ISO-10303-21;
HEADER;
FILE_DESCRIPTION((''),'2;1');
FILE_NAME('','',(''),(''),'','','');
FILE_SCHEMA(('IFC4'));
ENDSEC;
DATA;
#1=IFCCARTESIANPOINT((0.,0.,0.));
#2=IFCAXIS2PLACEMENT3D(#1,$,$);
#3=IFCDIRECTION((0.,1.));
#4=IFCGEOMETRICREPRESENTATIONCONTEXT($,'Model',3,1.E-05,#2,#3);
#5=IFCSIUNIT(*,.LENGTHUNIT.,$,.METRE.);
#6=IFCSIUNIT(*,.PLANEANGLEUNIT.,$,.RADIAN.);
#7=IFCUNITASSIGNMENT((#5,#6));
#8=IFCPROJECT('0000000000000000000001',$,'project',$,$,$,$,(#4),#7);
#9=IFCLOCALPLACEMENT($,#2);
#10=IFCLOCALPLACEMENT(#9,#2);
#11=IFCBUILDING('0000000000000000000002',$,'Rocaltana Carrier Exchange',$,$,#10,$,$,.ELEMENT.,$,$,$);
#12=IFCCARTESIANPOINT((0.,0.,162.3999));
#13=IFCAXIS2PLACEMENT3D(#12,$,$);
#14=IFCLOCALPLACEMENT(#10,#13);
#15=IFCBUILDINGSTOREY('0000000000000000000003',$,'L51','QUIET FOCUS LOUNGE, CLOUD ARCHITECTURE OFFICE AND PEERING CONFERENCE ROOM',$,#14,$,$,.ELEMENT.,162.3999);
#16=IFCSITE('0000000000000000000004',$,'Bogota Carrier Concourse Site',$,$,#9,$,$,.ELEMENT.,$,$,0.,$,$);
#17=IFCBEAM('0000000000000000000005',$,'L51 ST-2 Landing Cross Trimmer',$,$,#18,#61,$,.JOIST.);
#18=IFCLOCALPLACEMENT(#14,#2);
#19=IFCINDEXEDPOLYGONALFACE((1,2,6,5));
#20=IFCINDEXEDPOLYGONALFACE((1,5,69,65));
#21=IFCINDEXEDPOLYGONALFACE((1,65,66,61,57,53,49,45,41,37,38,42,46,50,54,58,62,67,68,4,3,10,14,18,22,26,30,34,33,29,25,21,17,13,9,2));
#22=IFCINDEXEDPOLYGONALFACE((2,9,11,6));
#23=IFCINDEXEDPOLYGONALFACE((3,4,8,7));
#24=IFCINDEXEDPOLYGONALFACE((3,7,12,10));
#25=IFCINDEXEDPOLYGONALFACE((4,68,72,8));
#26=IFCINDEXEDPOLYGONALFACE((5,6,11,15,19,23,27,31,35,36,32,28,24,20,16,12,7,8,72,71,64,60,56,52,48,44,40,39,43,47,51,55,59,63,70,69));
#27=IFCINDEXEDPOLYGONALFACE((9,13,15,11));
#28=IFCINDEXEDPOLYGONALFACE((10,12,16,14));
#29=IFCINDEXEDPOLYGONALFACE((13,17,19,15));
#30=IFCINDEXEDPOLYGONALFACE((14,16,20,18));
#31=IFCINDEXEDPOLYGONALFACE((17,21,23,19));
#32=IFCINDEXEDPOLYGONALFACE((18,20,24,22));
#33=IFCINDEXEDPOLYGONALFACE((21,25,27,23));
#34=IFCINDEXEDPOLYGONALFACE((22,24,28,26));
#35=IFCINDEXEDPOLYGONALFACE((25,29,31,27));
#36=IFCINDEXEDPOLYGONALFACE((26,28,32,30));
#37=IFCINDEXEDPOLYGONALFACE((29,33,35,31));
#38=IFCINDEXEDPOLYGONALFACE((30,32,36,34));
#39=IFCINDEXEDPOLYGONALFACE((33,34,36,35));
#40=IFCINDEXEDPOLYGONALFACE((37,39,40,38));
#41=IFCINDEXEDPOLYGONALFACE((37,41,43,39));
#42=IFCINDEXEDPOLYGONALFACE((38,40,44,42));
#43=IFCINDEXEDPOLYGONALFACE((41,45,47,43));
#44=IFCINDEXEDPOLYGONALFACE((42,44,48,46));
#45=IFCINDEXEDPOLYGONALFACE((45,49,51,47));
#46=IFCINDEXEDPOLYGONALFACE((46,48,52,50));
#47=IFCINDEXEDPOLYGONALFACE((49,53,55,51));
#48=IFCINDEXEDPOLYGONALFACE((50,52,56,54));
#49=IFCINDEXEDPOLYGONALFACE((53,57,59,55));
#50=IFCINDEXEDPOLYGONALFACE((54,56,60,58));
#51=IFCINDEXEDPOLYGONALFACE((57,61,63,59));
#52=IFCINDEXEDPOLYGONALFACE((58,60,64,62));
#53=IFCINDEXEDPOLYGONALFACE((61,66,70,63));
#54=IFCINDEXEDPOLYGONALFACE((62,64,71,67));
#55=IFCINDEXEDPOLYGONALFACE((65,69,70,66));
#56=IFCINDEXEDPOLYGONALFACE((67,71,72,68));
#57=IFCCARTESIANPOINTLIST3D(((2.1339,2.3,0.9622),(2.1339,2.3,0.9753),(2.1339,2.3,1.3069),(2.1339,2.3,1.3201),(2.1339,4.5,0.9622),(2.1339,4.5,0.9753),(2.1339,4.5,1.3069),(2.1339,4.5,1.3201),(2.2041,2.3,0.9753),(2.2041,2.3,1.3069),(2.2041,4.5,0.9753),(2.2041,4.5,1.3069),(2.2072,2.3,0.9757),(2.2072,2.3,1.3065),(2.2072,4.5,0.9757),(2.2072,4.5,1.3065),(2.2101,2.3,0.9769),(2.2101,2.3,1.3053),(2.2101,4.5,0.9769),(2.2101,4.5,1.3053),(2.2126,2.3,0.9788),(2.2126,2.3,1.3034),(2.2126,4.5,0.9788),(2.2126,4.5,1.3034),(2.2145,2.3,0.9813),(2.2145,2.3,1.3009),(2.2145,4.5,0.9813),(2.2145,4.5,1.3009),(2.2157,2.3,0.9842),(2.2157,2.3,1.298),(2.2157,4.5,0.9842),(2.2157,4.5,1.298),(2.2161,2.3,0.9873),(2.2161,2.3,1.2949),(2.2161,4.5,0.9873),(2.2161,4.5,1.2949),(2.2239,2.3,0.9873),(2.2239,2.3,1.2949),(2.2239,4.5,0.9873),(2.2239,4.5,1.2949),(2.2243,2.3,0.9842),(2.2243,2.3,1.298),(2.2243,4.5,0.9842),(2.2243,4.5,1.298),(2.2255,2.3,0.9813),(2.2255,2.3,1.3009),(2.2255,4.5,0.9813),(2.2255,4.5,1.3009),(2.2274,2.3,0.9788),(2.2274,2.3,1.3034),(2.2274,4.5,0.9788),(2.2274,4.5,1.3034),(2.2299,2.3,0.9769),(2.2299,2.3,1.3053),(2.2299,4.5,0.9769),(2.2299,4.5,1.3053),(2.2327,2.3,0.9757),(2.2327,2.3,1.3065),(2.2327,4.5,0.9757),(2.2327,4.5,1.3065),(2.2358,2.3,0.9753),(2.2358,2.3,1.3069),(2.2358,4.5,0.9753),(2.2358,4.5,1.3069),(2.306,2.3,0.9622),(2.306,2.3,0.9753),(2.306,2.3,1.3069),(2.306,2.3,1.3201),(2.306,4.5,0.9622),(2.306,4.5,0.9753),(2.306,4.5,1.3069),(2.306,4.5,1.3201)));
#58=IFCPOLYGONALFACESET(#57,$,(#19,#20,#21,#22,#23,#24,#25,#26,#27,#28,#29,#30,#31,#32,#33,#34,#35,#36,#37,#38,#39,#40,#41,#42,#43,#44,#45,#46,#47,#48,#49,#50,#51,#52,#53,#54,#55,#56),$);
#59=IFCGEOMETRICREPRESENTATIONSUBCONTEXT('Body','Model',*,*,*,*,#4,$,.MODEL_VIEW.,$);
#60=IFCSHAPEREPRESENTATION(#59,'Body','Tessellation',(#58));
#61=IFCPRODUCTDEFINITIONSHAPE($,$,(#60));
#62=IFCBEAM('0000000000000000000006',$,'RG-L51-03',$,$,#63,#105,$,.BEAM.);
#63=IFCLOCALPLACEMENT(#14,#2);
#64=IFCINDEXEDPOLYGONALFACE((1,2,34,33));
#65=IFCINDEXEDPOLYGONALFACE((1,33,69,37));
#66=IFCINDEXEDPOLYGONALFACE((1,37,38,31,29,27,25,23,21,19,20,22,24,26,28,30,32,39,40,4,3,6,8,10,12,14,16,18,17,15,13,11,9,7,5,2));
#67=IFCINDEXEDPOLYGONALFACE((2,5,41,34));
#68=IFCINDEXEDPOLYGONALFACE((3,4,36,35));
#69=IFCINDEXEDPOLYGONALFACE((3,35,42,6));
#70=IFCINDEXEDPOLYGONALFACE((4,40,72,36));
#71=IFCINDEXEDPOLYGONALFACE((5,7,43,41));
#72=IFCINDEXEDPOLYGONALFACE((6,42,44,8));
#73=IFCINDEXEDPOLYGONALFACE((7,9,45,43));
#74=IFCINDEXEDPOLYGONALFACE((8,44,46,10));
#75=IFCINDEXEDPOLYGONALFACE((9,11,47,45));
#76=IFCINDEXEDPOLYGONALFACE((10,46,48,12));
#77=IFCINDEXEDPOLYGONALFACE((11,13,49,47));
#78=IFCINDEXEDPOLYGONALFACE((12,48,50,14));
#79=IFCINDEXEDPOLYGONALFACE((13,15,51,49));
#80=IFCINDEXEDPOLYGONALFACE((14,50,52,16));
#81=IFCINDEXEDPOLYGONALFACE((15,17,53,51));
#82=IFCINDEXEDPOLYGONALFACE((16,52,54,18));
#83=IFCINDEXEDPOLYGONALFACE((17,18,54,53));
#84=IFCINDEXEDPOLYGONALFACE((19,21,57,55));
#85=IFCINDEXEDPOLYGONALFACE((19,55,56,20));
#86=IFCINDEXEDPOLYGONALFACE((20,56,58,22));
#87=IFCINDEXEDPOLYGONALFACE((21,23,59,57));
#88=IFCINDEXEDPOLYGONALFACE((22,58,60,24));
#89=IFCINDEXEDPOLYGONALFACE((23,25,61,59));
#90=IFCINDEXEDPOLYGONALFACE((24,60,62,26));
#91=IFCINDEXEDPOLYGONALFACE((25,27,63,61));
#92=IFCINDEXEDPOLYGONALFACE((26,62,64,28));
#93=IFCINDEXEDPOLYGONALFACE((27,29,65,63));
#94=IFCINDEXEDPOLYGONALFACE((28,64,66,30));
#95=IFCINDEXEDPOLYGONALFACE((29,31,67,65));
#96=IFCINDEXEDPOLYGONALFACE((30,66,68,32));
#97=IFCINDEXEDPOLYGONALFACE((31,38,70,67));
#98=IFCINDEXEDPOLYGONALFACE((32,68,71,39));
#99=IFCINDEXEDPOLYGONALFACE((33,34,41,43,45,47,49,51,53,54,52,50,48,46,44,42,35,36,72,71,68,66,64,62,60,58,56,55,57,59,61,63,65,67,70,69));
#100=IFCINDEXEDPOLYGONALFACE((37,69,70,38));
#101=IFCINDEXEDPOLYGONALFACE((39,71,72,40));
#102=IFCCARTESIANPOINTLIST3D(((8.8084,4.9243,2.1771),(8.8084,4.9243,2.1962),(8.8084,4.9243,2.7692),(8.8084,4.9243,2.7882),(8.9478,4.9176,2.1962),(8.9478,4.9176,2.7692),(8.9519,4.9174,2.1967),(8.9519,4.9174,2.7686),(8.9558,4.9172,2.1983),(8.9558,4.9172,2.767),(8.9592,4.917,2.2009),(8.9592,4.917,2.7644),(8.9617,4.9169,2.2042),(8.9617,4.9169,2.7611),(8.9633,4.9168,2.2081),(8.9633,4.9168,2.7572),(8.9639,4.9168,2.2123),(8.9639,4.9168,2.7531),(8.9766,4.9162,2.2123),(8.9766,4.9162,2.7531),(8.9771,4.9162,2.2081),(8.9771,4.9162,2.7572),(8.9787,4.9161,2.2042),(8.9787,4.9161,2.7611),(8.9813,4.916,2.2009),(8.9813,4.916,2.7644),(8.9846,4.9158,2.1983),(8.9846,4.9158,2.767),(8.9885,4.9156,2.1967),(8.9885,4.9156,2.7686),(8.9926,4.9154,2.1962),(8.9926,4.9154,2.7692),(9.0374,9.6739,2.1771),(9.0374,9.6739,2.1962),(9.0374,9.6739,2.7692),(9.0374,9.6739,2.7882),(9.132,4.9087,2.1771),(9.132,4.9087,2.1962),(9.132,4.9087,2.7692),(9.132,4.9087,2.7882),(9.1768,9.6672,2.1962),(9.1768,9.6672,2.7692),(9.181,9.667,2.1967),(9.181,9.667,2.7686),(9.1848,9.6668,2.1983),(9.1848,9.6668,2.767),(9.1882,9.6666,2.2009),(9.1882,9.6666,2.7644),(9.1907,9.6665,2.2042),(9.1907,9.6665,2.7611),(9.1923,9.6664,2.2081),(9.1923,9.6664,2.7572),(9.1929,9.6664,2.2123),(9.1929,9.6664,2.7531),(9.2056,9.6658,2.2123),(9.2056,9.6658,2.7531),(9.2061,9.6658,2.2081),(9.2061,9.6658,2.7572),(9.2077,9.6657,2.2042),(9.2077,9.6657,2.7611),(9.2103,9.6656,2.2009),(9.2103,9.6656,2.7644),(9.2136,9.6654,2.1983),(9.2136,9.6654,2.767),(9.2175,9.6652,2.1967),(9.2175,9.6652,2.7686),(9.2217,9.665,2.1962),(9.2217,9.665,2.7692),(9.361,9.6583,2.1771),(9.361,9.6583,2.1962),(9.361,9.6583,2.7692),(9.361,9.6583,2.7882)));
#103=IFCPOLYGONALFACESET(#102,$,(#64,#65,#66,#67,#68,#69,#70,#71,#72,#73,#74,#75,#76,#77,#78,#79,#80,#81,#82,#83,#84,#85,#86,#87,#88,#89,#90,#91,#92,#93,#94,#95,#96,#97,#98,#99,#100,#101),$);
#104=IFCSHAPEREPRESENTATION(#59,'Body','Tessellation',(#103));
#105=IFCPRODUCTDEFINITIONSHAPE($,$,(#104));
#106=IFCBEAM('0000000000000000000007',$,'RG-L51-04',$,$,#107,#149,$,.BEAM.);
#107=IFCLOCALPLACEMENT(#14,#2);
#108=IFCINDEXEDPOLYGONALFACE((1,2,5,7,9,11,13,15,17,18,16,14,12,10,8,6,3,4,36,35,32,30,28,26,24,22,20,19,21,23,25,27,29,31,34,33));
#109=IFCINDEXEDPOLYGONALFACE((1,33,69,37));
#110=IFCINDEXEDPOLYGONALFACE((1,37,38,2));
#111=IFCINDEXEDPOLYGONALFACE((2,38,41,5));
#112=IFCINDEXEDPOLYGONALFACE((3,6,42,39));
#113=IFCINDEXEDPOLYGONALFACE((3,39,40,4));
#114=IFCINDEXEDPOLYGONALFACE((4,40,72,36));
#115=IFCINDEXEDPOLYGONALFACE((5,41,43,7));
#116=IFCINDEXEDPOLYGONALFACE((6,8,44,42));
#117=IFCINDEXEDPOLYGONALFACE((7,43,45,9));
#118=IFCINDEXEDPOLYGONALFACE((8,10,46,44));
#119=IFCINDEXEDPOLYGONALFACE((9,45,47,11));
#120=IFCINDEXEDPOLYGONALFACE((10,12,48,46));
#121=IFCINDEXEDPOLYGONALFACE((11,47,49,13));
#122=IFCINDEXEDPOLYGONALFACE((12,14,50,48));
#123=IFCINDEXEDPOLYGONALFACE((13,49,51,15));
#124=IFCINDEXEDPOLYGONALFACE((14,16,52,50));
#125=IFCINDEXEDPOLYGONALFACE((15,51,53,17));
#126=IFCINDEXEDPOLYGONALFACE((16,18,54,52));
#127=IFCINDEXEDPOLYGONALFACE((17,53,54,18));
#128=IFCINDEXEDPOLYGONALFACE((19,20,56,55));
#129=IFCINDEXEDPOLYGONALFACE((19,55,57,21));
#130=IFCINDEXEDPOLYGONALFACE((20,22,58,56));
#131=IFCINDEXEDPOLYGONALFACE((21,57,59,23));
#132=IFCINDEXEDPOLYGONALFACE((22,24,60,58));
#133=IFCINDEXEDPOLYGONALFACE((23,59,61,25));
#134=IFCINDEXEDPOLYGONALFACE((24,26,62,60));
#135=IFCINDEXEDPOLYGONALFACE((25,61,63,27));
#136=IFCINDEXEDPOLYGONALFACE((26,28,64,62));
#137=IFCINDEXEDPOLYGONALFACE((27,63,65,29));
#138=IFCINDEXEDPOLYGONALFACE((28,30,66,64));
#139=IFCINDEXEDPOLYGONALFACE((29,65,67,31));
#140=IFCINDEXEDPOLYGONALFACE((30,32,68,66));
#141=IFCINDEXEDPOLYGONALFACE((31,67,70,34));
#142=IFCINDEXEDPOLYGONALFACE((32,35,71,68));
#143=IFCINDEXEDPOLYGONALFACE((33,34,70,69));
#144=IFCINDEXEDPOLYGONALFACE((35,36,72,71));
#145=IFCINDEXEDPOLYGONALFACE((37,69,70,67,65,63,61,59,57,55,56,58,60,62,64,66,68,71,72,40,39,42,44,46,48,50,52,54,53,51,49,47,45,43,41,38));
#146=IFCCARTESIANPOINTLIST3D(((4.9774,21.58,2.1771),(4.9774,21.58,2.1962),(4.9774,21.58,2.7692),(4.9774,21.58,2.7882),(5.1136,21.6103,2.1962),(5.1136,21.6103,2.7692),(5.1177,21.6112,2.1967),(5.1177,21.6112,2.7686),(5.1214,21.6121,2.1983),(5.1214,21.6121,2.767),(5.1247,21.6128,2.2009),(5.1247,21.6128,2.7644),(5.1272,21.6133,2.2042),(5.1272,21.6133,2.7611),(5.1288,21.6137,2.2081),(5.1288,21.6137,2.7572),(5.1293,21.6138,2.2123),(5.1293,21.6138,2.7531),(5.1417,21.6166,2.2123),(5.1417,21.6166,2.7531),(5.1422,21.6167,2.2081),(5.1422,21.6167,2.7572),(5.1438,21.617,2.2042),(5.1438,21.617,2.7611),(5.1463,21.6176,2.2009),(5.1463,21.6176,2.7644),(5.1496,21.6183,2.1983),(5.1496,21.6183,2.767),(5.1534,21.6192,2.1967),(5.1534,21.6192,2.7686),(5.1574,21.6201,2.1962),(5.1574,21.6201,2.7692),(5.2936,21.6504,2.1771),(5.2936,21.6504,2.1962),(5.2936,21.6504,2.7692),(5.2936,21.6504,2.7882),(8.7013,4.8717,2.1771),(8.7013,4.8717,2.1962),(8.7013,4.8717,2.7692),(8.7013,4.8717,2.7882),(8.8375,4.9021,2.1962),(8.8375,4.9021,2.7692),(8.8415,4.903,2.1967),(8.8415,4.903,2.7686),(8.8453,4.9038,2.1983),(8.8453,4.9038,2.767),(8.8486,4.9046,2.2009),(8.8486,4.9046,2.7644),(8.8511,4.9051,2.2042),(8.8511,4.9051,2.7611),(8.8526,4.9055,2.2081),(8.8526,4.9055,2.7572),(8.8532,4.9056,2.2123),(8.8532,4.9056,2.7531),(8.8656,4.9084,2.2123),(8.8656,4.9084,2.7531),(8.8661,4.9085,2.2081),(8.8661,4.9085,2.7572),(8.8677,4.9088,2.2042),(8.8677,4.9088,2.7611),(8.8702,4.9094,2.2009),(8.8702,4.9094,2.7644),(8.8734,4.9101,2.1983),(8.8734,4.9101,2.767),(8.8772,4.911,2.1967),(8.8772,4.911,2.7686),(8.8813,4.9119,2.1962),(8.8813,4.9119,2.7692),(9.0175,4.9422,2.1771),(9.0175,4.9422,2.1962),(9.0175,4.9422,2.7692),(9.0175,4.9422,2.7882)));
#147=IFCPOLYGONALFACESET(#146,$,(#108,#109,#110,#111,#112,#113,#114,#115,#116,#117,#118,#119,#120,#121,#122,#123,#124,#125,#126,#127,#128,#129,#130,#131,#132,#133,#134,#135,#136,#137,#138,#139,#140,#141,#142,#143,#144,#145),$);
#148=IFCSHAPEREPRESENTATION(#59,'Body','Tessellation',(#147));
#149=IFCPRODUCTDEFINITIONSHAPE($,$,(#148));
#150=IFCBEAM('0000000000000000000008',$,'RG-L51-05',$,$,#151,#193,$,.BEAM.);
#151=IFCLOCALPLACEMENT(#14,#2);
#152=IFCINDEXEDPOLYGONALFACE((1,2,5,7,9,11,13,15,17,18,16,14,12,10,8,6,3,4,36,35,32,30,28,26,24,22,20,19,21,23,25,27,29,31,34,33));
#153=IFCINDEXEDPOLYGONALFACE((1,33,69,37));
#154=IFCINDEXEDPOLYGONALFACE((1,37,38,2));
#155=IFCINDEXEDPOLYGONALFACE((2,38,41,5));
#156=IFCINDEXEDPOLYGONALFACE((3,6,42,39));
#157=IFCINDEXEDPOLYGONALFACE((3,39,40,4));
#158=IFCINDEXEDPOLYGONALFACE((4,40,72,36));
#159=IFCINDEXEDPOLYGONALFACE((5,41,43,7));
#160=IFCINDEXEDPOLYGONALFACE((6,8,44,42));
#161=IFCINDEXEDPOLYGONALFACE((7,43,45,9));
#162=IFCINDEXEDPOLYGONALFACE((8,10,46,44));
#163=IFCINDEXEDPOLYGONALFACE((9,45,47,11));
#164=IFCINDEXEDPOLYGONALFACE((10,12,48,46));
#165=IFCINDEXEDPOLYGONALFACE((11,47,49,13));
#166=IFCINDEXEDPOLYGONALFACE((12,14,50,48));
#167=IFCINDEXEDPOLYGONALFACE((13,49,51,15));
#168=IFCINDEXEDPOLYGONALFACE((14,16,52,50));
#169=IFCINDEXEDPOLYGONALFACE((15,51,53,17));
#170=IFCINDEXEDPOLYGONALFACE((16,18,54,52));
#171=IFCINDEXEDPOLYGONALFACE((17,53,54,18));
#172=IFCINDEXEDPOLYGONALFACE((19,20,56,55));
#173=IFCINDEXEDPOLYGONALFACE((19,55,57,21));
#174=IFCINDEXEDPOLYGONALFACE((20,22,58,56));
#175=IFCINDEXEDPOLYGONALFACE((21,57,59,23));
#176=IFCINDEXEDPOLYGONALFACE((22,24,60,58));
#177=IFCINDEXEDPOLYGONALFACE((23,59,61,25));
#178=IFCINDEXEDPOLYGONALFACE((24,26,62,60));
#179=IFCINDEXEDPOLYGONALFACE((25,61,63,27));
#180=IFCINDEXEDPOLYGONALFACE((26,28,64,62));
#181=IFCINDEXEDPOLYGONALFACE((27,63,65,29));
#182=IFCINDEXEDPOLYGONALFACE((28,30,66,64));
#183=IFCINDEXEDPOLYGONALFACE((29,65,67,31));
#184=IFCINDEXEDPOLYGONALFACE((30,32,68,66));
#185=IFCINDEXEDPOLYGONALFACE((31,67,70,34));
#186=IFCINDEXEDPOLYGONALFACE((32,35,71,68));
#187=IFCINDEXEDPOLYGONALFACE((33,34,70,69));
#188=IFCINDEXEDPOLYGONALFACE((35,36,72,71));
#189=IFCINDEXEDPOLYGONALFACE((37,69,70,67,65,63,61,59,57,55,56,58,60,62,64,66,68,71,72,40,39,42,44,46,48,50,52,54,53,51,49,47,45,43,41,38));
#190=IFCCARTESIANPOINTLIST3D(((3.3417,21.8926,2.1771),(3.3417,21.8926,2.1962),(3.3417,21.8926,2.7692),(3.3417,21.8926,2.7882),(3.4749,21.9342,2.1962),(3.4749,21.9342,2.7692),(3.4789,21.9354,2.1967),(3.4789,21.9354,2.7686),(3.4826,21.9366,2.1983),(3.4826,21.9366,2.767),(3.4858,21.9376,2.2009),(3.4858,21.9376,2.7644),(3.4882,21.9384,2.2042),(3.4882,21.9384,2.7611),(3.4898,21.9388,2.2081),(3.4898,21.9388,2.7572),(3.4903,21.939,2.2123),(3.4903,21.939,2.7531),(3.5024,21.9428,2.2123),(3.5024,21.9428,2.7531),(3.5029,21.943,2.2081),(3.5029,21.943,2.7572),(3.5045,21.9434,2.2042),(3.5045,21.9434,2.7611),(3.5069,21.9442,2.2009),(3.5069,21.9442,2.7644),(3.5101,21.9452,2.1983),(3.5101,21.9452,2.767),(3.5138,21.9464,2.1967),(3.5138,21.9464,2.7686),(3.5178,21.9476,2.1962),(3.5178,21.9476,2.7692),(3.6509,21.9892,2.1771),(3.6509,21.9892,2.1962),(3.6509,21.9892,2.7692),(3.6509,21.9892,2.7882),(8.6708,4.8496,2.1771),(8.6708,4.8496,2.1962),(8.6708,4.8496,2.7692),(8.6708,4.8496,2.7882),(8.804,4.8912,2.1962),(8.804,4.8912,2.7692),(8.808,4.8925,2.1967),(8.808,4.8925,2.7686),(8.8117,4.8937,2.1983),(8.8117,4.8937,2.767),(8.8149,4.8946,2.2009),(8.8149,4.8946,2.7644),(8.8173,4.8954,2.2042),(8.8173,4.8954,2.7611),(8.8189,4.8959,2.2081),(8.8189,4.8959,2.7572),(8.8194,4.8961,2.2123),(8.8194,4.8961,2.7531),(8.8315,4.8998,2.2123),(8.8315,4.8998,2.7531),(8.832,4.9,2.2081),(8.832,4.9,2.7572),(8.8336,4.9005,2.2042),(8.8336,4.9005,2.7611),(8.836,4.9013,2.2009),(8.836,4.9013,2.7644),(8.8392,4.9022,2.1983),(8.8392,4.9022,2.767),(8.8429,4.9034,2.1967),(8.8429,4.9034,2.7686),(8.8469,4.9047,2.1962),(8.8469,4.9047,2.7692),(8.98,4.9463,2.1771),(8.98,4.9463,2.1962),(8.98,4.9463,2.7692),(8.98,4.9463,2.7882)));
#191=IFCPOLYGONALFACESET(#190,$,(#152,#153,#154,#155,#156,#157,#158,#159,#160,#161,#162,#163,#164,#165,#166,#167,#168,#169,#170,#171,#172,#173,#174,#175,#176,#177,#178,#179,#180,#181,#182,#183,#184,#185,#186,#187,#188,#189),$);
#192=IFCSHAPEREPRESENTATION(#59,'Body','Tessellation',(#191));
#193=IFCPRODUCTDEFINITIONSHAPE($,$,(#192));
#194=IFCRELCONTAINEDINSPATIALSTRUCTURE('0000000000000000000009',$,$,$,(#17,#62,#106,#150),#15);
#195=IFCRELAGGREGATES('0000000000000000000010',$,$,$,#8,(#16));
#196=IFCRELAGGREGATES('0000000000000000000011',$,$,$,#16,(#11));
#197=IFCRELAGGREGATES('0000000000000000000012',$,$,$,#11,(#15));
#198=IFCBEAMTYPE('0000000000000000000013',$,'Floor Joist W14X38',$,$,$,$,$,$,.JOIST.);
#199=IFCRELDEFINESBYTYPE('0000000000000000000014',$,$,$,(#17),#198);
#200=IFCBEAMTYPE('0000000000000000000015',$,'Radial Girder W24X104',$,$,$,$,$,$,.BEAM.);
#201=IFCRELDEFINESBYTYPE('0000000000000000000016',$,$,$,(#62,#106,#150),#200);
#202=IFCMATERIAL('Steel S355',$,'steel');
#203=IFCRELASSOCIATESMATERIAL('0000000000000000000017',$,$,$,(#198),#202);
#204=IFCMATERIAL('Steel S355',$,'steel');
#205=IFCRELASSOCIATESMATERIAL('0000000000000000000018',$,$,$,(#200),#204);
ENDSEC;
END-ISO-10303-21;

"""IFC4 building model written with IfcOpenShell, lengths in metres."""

from ifc_helpers import new_model, si_unit, direction, frame, origin, origin_2d, place, context, subcontext, project, spatial, i_section, extrude, material, material_profile, profile_set, type_object, element, save


model = new_model("IFC4")

# Units and contexts
model_context = context("Model", 3, precision=1e-05, world=origin(), true_north=direction((0.0, 1.0)))
body_context = subcontext(model_context, "Body", "Model", "MODEL_VIEW")
ifc_project = project(units=[si_unit("LENGTHUNIT", "METRE"), si_unit("PLANEANGLEUNIT", "RADIAN")], contexts=[model_context])

# Site, building, storey
site_placement = place(None, origin())
site = spatial("IfcSite", under=ifc_project, at=site_placement, Name="Bogota Carrier Concourse Site", CompositionType="ELEMENT", RefElevation=0.0)
building_placement = place(site_placement, origin())
building = spatial("IfcBuilding", under=site, at=building_placement, Name="Rocaltana Carrier Exchange", CompositionType="ELEMENT")
storey_placement = place(building_placement, frame((0.0, 0.0, 162.3999)))
storey = spatial("IfcBuildingStorey", under=building, at=storey_placement, Name="L51", Description="QUIET FOCUS LOUNGE, CLOUD ARCHITECTURE OFFICE AND PEERING CONFERENCE ROOM", CompositionType="ELEMENT", Elevation=162.3999)

# Beams
ifc_material_1 = material(Name="Steel S355", Category="steel")
ifc_material_profile_1 = material_profile(ifc_material_1, i_section(OverallWidth=0.1721, OverallDepth=0.3579, WebThickness=0.0078, FlangeThickness=0.0132, FilletRadius=0.012, at=origin_2d()), Name="W14X38")
ifc_profile_set_1 = profile_set([ifc_material_profile_1], Name="Steel S355")
beam_type_1 = type_object("IfcBeamType", Name="Floor Joist W14X38", PredefinedType="JOIST", material=ifc_profile_set_1)
beam_1_placement = place(storey_placement, frame((2.22, 2.3, 1.1411), z_axis=(0.0, 1.0, 0.0), x_axis=(-1.0, 0.0, 0.0)))
element("IfcBeam", 1, at=beam_1_placement, inside=storey, type_object=beam_type_1, Name="L51 ST-2 Landing Cross Trimmer", PredefinedType="JOIST", context=body_context, shape_type="SweptSolid", body=[
    extrude(i_section(OverallWidth=0.1721, OverallDepth=0.3579, WebThickness=0.0078, FlangeThickness=0.0132, FilletRadius=0.012, at=origin_2d()), origin(), (0.0, 0.0, 1.0), 2.2),
])
ifc_material_2 = material(Name="Steel S355", Category="steel")
ifc_material_profile_2 = material_profile(ifc_material_2, i_section(OverallWidth=0.324, OverallDepth=0.6111, WebThickness=0.0127, FlangeThickness=0.019, FilletRadius=0.0161, at=origin_2d()), Name="W24X104")
ifc_profile_set_2 = profile_set([ifc_material_profile_2], Name="Steel S355")
beam_type_2 = type_object("IfcBeamType", Name="Radial Girder W24X104", PredefinedType="BEAM", material=ifc_profile_set_2)
beam_2_placement = place(storey_placement, frame((8.9702, 4.9165, 2.4827), z_axis=(0.04816, 0.99884, 0.0), x_axis=(-0.99884, 0.04816, 0.0)))
element("IfcBeam", 2, at=beam_2_placement, inside=storey, type_object=beam_type_2, Name="RG-L51-03", PredefinedType="BEAM", context=body_context, shape_type="SweptSolid", body=[
    extrude(i_section(OverallWidth=0.324, OverallDepth=0.6111, WebThickness=0.0127, FlangeThickness=0.019, FilletRadius=0.0161, at=origin_2d()), origin(), (0.0, 0.0, 1.0), 4.7551),
])
beam_3_placement = place(storey_placement, frame((8.8594, 4.907, 2.4827), z_axis=(-0.217539, 0.976052, 0.0), x_axis=(-0.976052, -0.217539, 0.0)))
element("IfcBeam", 3, at=beam_3_placement, inside=storey, type_object=beam_type_2, Name="RG-L51-04", PredefinedType="BEAM", context=body_context, shape_type="SweptSolid", body=[
    extrude(i_section(OverallWidth=0.324, OverallDepth=0.6111, WebThickness=0.0127, FlangeThickness=0.019, FilletRadius=0.0161, at=origin_2d()), origin(), (0.0, 0.0, 1.0), 17.1182),
])
beam_4_placement = place(storey_placement, frame((8.8254, 4.8979, 2.4827), z_axis=(-0.298437, 0.954429, 0.0), x_axis=(-0.954429, -0.298437, 0.0)))
element("IfcBeam", 4, at=beam_4_placement, inside=storey, type_object=beam_type_2, Name="RG-L51-05", PredefinedType="BEAM", context=body_context, shape_type="SweptSolid", body=[
    extrude(i_section(OverallWidth=0.324, OverallDepth=0.6111, WebThickness=0.0127, FlangeThickness=0.019, FilletRadius=0.0161, at=origin_2d()), origin(), (0.0, 0.0, 1.0), 17.8567),
])

save(model, "model.ifc")
